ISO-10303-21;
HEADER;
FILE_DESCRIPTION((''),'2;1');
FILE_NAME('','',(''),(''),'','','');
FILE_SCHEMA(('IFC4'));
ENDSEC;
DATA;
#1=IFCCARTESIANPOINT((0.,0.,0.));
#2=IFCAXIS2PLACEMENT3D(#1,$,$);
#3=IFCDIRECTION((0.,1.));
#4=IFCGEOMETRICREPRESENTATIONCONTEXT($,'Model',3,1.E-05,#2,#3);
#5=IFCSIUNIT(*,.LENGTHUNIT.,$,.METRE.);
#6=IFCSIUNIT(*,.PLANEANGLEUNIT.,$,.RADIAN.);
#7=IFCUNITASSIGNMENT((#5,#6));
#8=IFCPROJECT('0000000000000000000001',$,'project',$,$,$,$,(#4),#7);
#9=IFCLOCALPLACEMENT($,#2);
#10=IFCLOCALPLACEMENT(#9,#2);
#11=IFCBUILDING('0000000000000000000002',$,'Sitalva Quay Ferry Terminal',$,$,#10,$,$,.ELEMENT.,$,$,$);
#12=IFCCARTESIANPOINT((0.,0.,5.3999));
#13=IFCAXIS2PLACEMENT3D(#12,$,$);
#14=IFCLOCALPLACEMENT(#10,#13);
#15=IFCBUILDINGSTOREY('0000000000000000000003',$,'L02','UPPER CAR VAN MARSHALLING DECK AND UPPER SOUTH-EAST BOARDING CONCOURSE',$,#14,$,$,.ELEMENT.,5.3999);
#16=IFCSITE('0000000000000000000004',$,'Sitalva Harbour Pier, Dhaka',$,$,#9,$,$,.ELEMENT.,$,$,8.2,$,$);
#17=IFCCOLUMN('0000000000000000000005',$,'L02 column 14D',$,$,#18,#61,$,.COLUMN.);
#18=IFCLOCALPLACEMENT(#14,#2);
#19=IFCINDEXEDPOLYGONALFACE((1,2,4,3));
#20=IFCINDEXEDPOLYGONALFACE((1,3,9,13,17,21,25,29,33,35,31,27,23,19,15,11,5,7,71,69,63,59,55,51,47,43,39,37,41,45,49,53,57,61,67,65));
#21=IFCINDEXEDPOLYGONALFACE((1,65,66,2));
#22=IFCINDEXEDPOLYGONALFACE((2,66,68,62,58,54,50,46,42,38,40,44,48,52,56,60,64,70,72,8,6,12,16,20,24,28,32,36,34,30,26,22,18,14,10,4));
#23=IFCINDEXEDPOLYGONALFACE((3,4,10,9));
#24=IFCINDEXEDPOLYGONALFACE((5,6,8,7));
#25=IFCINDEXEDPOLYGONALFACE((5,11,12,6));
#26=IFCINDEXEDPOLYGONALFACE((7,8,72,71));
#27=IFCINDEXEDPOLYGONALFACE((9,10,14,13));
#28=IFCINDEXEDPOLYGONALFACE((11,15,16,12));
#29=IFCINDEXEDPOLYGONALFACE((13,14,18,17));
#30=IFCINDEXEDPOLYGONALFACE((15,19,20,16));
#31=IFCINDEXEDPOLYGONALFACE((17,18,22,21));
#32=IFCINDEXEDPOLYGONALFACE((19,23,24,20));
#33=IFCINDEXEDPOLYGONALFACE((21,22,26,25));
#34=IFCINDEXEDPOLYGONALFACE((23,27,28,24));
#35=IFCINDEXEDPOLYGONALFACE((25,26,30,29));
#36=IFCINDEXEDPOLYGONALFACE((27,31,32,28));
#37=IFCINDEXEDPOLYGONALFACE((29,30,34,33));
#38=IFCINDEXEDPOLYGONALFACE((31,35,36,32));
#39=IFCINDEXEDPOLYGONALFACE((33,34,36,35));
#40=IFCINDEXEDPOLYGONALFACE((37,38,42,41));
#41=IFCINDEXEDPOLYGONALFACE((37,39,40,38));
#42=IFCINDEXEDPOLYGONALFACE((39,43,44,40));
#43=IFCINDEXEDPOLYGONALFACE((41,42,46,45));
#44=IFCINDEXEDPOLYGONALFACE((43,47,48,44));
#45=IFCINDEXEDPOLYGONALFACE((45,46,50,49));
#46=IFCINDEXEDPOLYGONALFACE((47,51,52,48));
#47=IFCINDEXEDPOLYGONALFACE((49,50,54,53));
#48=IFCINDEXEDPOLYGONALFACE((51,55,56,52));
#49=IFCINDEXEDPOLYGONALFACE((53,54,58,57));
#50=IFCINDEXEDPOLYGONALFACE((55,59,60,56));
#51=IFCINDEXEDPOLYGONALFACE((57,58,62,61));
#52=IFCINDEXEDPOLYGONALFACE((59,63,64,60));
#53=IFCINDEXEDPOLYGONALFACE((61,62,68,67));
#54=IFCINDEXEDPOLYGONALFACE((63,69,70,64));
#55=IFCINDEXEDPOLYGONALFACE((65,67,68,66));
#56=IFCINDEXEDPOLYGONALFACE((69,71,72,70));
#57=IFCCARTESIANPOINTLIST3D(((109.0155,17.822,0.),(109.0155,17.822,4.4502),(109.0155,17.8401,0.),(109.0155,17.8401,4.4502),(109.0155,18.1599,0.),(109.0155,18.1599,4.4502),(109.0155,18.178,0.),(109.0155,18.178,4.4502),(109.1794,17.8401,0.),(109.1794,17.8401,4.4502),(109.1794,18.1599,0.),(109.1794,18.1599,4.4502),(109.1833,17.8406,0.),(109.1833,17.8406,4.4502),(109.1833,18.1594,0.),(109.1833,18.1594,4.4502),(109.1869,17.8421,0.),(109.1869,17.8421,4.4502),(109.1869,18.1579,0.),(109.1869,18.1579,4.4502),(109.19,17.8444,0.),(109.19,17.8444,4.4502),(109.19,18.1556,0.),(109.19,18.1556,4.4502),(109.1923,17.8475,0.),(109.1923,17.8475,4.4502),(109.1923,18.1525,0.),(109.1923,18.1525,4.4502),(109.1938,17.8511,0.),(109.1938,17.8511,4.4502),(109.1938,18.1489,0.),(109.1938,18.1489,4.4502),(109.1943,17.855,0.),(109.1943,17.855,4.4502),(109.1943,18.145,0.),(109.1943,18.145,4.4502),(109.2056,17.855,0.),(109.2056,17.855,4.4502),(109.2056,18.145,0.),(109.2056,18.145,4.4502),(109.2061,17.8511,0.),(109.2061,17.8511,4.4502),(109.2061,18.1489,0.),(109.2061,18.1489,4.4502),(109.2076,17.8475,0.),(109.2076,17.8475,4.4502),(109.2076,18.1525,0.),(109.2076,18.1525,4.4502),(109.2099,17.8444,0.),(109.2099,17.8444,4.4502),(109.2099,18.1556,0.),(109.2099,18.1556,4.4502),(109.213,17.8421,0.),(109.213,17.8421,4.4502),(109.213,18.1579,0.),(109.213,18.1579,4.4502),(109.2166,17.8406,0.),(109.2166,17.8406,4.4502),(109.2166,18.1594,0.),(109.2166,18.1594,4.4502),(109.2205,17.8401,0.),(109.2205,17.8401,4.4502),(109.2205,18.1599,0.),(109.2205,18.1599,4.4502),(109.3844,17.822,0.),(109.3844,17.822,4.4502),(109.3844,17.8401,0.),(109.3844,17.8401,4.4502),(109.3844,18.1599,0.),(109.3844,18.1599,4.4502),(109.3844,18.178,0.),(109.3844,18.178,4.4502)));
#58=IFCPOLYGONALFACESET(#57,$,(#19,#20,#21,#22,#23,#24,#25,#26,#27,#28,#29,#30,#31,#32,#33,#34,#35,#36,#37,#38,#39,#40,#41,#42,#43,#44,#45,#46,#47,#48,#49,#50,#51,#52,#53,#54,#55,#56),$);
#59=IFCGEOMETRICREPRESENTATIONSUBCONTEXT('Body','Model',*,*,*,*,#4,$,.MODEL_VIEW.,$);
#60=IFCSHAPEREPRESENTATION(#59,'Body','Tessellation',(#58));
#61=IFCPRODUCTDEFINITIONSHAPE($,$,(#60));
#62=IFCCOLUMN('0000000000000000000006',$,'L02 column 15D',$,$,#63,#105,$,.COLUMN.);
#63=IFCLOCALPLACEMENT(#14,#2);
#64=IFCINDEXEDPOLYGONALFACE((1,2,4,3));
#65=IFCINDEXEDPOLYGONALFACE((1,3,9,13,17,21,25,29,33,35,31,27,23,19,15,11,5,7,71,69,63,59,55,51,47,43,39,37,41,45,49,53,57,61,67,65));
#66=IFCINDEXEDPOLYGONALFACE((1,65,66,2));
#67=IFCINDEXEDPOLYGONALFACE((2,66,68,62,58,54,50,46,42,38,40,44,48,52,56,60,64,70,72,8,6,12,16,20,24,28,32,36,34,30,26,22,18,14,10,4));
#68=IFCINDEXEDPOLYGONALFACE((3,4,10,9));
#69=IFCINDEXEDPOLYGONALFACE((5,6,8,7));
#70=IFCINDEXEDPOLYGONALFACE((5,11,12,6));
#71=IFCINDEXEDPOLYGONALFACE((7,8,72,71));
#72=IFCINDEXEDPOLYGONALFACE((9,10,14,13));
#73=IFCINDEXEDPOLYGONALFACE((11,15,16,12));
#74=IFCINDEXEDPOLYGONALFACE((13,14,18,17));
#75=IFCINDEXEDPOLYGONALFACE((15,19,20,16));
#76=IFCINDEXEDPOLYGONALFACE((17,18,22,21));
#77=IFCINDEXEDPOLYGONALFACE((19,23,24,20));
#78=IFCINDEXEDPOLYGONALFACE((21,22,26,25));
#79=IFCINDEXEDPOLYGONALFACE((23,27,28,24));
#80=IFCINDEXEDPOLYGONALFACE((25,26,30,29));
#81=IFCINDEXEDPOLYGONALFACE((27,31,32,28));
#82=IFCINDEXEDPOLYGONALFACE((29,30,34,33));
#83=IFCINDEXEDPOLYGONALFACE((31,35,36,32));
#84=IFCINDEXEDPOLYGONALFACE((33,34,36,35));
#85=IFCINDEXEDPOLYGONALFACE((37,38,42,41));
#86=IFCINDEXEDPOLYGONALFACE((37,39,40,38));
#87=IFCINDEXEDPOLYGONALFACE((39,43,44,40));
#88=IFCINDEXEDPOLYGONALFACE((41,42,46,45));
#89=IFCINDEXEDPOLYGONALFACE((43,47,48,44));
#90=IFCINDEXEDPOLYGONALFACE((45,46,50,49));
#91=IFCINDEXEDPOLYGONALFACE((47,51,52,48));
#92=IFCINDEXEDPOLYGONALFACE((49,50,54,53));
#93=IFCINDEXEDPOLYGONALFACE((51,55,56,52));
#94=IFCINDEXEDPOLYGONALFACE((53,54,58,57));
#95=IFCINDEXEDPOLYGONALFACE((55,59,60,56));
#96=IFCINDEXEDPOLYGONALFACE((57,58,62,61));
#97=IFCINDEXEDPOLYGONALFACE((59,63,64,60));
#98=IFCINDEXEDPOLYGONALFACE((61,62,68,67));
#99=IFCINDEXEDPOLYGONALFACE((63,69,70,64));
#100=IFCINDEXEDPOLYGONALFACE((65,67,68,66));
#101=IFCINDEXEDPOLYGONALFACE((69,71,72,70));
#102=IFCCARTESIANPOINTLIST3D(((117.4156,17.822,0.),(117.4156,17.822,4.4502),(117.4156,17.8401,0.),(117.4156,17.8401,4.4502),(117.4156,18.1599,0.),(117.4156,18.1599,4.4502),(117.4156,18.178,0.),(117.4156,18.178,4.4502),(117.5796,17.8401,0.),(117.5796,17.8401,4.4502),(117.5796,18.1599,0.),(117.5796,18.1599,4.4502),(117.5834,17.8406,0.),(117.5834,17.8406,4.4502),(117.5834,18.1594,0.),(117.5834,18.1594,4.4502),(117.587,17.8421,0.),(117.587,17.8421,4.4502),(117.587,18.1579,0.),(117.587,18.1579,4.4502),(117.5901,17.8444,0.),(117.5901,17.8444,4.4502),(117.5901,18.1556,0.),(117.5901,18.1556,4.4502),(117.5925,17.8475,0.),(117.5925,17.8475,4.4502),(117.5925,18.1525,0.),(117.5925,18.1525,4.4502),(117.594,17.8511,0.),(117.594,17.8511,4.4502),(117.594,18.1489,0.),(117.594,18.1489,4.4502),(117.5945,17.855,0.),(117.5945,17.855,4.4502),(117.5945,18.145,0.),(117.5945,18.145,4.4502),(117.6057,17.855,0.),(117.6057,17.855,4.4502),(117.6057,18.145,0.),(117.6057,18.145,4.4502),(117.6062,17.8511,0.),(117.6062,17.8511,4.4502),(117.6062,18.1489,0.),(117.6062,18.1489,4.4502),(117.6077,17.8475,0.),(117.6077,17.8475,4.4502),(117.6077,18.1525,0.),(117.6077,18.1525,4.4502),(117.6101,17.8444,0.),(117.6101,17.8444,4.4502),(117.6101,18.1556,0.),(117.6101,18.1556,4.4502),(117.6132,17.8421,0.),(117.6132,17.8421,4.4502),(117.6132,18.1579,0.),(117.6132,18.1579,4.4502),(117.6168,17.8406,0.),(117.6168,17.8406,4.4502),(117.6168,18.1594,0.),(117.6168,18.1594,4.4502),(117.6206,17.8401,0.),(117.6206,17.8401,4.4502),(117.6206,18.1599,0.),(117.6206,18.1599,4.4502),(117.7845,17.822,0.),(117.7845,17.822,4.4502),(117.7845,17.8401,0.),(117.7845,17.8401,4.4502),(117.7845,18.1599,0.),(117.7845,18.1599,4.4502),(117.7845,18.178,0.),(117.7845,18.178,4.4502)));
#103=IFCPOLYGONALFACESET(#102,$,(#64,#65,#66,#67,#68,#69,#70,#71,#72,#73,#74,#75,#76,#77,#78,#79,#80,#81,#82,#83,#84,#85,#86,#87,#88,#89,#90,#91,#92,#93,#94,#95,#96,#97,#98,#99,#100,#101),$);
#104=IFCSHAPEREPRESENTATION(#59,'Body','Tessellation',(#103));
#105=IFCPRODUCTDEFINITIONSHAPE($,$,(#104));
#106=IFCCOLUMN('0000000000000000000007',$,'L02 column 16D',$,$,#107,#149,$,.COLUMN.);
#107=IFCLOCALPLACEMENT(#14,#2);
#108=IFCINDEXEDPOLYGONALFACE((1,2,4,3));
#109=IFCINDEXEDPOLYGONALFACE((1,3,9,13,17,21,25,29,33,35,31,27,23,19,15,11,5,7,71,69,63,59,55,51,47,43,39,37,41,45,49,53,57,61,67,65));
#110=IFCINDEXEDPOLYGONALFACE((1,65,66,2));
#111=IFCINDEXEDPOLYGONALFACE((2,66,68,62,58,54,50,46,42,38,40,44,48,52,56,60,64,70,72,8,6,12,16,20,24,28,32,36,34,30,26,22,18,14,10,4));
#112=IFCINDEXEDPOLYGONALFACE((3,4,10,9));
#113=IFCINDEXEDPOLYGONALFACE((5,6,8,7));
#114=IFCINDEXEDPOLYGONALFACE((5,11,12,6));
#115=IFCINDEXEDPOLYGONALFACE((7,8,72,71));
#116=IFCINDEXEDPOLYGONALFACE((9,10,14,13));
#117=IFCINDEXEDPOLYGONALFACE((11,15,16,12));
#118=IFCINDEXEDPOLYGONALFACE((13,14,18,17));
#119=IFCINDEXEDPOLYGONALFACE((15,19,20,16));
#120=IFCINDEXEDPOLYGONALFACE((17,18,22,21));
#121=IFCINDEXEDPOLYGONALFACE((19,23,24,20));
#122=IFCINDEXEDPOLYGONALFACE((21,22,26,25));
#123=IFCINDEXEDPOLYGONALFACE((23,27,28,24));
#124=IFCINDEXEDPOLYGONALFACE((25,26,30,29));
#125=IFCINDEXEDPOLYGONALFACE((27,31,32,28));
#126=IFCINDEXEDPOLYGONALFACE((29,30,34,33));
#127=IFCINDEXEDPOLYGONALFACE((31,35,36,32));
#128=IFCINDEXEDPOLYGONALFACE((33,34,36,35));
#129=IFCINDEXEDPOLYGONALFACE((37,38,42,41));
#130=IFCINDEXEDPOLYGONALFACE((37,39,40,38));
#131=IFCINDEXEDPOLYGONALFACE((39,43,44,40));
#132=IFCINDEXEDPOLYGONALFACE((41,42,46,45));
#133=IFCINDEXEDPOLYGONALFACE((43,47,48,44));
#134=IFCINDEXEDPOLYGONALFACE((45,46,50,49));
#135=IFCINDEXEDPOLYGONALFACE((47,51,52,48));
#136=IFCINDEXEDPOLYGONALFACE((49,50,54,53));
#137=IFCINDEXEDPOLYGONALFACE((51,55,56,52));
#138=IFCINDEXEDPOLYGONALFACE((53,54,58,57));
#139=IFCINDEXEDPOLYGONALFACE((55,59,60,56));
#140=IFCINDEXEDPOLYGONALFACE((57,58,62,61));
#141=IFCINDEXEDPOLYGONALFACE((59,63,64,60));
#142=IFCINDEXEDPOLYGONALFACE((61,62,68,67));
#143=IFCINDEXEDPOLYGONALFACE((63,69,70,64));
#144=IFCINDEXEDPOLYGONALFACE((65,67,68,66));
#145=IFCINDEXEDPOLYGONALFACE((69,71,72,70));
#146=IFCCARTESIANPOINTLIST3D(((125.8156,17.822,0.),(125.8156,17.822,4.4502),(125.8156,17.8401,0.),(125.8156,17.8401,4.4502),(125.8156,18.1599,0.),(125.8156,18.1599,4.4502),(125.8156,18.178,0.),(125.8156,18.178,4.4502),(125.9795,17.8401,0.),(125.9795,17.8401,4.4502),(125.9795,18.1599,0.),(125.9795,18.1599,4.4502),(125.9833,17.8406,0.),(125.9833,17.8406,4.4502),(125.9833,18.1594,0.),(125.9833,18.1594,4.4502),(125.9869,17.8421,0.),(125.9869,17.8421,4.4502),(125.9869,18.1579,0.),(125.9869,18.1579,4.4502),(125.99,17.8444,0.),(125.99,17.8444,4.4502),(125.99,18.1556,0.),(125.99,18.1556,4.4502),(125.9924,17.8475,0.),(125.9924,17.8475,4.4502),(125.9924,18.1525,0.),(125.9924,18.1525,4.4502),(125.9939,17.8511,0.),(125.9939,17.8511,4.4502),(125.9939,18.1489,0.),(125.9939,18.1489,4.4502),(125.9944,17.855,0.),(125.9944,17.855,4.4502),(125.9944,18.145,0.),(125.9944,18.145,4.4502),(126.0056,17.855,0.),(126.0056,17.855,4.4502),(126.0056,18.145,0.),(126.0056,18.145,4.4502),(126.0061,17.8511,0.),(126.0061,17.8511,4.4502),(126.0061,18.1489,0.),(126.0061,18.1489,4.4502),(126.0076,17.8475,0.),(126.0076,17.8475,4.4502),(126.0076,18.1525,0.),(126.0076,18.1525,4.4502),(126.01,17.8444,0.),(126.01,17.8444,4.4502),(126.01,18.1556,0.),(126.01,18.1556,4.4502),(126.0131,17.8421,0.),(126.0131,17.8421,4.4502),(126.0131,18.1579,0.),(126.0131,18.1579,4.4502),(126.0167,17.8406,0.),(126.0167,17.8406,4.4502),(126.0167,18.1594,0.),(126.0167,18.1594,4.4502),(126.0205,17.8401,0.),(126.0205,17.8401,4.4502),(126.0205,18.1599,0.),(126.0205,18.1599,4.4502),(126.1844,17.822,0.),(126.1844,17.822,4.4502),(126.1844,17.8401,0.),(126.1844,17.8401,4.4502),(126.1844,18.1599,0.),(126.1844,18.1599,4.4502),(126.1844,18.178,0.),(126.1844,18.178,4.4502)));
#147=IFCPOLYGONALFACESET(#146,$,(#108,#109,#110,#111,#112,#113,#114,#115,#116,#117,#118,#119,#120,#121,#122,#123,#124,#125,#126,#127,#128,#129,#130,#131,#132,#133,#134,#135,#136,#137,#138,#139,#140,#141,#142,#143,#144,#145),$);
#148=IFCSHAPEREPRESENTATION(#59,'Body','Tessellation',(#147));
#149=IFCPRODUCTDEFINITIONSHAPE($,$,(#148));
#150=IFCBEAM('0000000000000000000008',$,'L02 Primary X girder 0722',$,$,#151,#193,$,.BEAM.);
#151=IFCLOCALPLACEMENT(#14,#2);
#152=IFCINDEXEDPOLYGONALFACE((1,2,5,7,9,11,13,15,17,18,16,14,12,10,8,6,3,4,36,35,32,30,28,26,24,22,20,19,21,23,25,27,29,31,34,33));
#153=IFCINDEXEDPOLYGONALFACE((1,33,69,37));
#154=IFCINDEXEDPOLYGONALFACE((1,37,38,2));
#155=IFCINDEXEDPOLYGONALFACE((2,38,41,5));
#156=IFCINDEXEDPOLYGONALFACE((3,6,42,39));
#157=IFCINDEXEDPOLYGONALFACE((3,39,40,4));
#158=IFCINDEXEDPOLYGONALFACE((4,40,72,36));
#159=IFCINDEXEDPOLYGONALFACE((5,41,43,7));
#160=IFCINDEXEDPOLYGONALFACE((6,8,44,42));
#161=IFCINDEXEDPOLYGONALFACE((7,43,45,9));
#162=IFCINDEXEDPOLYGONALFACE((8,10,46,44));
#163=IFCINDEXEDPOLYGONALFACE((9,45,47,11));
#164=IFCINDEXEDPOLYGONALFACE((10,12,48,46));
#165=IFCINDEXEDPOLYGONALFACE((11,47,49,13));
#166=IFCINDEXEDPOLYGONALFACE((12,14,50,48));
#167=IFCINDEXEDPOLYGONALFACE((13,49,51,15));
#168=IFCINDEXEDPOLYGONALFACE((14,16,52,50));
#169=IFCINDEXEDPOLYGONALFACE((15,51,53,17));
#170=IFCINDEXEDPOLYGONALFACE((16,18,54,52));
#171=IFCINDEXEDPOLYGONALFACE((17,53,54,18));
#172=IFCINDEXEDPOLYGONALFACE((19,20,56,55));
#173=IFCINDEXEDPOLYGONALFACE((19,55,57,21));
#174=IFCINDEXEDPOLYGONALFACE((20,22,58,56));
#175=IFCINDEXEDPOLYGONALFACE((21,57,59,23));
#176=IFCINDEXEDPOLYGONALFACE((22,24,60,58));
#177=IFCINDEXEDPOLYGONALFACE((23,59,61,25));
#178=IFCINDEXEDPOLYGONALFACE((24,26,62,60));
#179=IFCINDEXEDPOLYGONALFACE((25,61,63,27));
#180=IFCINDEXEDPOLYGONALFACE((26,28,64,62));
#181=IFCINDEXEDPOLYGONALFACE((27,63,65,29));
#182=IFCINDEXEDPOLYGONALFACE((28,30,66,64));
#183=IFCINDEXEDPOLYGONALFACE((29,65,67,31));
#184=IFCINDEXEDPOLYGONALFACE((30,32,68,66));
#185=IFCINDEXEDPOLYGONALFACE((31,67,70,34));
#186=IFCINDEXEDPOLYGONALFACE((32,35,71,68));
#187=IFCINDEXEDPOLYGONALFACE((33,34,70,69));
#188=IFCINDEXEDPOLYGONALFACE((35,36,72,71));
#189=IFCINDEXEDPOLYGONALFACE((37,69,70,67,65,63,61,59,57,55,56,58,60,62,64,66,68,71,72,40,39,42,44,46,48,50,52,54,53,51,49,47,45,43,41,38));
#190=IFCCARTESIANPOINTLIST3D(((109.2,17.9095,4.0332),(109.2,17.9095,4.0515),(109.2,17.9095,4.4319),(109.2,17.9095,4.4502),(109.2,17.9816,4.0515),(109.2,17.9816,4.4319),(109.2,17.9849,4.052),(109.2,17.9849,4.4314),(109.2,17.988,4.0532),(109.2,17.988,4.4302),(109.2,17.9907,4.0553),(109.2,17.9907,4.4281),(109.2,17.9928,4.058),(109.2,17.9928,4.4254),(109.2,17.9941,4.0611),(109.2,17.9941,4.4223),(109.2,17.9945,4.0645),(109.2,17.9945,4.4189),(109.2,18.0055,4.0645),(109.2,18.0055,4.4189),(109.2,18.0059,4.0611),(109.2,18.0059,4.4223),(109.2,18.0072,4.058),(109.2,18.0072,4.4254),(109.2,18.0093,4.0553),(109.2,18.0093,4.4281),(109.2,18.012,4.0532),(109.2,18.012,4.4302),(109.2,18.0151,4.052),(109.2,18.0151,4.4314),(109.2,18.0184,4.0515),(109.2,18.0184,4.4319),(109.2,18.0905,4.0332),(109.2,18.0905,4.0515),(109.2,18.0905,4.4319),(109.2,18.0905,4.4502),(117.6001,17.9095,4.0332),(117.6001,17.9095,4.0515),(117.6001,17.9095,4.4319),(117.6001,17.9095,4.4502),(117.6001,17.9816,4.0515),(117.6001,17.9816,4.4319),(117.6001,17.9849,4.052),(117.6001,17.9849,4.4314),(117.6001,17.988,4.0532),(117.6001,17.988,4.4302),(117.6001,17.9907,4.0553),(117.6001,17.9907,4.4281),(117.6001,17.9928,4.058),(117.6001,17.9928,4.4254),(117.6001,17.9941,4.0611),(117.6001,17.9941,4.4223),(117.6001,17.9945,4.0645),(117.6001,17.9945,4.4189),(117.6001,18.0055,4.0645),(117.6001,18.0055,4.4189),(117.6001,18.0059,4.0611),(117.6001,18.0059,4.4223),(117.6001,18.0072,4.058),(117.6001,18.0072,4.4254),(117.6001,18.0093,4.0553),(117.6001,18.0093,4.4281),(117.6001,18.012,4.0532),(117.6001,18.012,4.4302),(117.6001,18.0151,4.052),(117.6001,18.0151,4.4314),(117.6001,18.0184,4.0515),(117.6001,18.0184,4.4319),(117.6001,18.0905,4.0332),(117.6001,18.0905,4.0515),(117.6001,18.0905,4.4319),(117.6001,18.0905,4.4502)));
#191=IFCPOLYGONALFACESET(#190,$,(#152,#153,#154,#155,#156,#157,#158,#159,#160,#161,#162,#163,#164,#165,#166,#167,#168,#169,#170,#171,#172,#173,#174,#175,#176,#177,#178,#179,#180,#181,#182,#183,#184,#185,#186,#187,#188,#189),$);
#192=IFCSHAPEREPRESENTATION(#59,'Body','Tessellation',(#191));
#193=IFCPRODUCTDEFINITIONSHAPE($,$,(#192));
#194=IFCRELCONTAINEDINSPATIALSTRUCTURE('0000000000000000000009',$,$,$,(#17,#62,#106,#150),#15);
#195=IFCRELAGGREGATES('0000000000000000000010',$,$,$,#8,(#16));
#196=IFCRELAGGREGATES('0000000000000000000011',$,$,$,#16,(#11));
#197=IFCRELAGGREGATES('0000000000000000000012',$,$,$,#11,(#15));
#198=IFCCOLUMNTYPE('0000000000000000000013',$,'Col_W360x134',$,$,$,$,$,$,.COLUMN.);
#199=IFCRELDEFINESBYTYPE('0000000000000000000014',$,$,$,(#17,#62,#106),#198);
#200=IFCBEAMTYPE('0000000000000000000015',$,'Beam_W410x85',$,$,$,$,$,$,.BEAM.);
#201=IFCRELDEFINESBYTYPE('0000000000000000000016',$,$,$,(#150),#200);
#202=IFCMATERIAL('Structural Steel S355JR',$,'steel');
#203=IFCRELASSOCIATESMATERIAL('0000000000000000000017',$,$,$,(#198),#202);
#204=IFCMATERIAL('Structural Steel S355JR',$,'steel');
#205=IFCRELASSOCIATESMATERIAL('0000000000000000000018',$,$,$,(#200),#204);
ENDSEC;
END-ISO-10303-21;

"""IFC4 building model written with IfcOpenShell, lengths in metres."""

from ifc_helpers import new_model, si_unit, direction, frame, origin, origin_2d, place, context, subcontext, project, spatial, i_section, extrude, material, material_profile, profile_set, type_object, element, save


model = new_model("IFC4")

# Units and contexts
model_context = context("Model", 3, precision=1e-05, world=origin(), true_north=direction((0.0, 1.0)))
body_context = subcontext(model_context, "Body", "Model", "MODEL_VIEW")
ifc_project = project(units=[si_unit("LENGTHUNIT", "METRE"), si_unit("PLANEANGLEUNIT", "RADIAN")], contexts=[model_context])

# Site, building, storey
site_placement = place(None, origin())
site = spatial("IfcSite", under=ifc_project, at=site_placement, Name="Sitalva Harbour Pier, Dhaka", CompositionType="ELEMENT", RefElevation=8.2)
building_placement = place(site_placement, origin())
building = spatial("IfcBuilding", under=site, at=building_placement, Name="Sitalva Quay Ferry Terminal", CompositionType="ELEMENT")
storey_placement = place(building_placement, frame((0.0, 0.0, 5.3999)))
storey = spatial("IfcBuildingStorey", under=building, at=storey_placement, Name="L02", Description="UPPER CAR VAN MARSHALLING DECK AND UPPER SOUTH-EAST BOARDING CONCOURSE", CompositionType="ELEMENT", Elevation=5.3999)

# Columns
ifc_material_1 = material(Name="Structural Steel S355JR", Category="steel")
ifc_material_profile_1 = material_profile(ifc_material_1, i_section(OverallWidth=0.3689, OverallDepth=0.356, WebThickness=0.0112, FlangeThickness=0.0181, FilletRadius=0.0149, at=origin_2d()), Name="W360x134")
ifc_profile_set_1 = profile_set([ifc_material_profile_1], Name="Structural Steel S355JR")
column_type = type_object("IfcColumnType", Name="Col_W360x134", PredefinedType="COLUMN", material=ifc_profile_set_1)
for number, where, z_axis, x_axis, name in (
    (1, (109.2, 18.0, 0.0), (0.0, 0.0, 1.0), (1.0, 0.0, 0.0), "L02 column 14D"),
    (2, (117.6001, 18.0, 0.0), (0.0, 0.0, 1.0), (1.0, 0.0, 0.0), "L02 column 15D"),
    (3, (126.0, 18.0, 0.0), (0.0, 0.0, 1.0), (1.0, 0.0, 0.0), "L02 column 16D"),
):
    element("IfcColumn", number, at=place(storey_placement, frame(where, z_axis=z_axis, x_axis=x_axis)), inside=storey, type_object=column_type, Name=name, PredefinedType="COLUMN", context=body_context, shape_type="SweptSolid", body=[
        extrude(i_section(OverallWidth=0.3689, OverallDepth=0.356, WebThickness=0.0112, FlangeThickness=0.0181, FilletRadius=0.0149, at=origin_2d()), origin(), (0.0, 0.0, 1.0), 4.4502),
    ])

# Beam
ifc_material_2 = material(Name="Structural Steel S355JR", Category="steel")
ifc_material_profile_2 = material_profile(ifc_material_2, i_section(OverallWidth=0.1809, OverallDepth=0.417, WebThickness=0.011, FlangeThickness=0.0183, FilletRadius=0.0129, at=origin_2d()), Name="W410x85")
ifc_profile_set_2 = profile_set([ifc_material_profile_2], Name="Structural Steel S355JR")
beam_type_1 = type_object("IfcBeamType", Name="Beam_W410x85", PredefinedType="BEAM", material=ifc_profile_set_2)
beam_placement = place(storey_placement, frame((109.2, 18.0, 4.2417), z_axis=(1.0, 0.0, 0.0), x_axis=(0.0, 1.0, 0.0)))
element("IfcBeam", 4, at=beam_placement, inside=storey, type_object=beam_type_1, Name="L02 Primary X girder 0722", PredefinedType="BEAM", context=body_context, shape_type="SweptSolid", body=[
    extrude(i_section(OverallWidth=0.1809, OverallDepth=0.417, WebThickness=0.011, FlangeThickness=0.0183, FilletRadius=0.0129, at=origin_2d()), origin(), (0.0, 0.0, 1.0), 8.4001),
])

save(model, "model.ifc")
